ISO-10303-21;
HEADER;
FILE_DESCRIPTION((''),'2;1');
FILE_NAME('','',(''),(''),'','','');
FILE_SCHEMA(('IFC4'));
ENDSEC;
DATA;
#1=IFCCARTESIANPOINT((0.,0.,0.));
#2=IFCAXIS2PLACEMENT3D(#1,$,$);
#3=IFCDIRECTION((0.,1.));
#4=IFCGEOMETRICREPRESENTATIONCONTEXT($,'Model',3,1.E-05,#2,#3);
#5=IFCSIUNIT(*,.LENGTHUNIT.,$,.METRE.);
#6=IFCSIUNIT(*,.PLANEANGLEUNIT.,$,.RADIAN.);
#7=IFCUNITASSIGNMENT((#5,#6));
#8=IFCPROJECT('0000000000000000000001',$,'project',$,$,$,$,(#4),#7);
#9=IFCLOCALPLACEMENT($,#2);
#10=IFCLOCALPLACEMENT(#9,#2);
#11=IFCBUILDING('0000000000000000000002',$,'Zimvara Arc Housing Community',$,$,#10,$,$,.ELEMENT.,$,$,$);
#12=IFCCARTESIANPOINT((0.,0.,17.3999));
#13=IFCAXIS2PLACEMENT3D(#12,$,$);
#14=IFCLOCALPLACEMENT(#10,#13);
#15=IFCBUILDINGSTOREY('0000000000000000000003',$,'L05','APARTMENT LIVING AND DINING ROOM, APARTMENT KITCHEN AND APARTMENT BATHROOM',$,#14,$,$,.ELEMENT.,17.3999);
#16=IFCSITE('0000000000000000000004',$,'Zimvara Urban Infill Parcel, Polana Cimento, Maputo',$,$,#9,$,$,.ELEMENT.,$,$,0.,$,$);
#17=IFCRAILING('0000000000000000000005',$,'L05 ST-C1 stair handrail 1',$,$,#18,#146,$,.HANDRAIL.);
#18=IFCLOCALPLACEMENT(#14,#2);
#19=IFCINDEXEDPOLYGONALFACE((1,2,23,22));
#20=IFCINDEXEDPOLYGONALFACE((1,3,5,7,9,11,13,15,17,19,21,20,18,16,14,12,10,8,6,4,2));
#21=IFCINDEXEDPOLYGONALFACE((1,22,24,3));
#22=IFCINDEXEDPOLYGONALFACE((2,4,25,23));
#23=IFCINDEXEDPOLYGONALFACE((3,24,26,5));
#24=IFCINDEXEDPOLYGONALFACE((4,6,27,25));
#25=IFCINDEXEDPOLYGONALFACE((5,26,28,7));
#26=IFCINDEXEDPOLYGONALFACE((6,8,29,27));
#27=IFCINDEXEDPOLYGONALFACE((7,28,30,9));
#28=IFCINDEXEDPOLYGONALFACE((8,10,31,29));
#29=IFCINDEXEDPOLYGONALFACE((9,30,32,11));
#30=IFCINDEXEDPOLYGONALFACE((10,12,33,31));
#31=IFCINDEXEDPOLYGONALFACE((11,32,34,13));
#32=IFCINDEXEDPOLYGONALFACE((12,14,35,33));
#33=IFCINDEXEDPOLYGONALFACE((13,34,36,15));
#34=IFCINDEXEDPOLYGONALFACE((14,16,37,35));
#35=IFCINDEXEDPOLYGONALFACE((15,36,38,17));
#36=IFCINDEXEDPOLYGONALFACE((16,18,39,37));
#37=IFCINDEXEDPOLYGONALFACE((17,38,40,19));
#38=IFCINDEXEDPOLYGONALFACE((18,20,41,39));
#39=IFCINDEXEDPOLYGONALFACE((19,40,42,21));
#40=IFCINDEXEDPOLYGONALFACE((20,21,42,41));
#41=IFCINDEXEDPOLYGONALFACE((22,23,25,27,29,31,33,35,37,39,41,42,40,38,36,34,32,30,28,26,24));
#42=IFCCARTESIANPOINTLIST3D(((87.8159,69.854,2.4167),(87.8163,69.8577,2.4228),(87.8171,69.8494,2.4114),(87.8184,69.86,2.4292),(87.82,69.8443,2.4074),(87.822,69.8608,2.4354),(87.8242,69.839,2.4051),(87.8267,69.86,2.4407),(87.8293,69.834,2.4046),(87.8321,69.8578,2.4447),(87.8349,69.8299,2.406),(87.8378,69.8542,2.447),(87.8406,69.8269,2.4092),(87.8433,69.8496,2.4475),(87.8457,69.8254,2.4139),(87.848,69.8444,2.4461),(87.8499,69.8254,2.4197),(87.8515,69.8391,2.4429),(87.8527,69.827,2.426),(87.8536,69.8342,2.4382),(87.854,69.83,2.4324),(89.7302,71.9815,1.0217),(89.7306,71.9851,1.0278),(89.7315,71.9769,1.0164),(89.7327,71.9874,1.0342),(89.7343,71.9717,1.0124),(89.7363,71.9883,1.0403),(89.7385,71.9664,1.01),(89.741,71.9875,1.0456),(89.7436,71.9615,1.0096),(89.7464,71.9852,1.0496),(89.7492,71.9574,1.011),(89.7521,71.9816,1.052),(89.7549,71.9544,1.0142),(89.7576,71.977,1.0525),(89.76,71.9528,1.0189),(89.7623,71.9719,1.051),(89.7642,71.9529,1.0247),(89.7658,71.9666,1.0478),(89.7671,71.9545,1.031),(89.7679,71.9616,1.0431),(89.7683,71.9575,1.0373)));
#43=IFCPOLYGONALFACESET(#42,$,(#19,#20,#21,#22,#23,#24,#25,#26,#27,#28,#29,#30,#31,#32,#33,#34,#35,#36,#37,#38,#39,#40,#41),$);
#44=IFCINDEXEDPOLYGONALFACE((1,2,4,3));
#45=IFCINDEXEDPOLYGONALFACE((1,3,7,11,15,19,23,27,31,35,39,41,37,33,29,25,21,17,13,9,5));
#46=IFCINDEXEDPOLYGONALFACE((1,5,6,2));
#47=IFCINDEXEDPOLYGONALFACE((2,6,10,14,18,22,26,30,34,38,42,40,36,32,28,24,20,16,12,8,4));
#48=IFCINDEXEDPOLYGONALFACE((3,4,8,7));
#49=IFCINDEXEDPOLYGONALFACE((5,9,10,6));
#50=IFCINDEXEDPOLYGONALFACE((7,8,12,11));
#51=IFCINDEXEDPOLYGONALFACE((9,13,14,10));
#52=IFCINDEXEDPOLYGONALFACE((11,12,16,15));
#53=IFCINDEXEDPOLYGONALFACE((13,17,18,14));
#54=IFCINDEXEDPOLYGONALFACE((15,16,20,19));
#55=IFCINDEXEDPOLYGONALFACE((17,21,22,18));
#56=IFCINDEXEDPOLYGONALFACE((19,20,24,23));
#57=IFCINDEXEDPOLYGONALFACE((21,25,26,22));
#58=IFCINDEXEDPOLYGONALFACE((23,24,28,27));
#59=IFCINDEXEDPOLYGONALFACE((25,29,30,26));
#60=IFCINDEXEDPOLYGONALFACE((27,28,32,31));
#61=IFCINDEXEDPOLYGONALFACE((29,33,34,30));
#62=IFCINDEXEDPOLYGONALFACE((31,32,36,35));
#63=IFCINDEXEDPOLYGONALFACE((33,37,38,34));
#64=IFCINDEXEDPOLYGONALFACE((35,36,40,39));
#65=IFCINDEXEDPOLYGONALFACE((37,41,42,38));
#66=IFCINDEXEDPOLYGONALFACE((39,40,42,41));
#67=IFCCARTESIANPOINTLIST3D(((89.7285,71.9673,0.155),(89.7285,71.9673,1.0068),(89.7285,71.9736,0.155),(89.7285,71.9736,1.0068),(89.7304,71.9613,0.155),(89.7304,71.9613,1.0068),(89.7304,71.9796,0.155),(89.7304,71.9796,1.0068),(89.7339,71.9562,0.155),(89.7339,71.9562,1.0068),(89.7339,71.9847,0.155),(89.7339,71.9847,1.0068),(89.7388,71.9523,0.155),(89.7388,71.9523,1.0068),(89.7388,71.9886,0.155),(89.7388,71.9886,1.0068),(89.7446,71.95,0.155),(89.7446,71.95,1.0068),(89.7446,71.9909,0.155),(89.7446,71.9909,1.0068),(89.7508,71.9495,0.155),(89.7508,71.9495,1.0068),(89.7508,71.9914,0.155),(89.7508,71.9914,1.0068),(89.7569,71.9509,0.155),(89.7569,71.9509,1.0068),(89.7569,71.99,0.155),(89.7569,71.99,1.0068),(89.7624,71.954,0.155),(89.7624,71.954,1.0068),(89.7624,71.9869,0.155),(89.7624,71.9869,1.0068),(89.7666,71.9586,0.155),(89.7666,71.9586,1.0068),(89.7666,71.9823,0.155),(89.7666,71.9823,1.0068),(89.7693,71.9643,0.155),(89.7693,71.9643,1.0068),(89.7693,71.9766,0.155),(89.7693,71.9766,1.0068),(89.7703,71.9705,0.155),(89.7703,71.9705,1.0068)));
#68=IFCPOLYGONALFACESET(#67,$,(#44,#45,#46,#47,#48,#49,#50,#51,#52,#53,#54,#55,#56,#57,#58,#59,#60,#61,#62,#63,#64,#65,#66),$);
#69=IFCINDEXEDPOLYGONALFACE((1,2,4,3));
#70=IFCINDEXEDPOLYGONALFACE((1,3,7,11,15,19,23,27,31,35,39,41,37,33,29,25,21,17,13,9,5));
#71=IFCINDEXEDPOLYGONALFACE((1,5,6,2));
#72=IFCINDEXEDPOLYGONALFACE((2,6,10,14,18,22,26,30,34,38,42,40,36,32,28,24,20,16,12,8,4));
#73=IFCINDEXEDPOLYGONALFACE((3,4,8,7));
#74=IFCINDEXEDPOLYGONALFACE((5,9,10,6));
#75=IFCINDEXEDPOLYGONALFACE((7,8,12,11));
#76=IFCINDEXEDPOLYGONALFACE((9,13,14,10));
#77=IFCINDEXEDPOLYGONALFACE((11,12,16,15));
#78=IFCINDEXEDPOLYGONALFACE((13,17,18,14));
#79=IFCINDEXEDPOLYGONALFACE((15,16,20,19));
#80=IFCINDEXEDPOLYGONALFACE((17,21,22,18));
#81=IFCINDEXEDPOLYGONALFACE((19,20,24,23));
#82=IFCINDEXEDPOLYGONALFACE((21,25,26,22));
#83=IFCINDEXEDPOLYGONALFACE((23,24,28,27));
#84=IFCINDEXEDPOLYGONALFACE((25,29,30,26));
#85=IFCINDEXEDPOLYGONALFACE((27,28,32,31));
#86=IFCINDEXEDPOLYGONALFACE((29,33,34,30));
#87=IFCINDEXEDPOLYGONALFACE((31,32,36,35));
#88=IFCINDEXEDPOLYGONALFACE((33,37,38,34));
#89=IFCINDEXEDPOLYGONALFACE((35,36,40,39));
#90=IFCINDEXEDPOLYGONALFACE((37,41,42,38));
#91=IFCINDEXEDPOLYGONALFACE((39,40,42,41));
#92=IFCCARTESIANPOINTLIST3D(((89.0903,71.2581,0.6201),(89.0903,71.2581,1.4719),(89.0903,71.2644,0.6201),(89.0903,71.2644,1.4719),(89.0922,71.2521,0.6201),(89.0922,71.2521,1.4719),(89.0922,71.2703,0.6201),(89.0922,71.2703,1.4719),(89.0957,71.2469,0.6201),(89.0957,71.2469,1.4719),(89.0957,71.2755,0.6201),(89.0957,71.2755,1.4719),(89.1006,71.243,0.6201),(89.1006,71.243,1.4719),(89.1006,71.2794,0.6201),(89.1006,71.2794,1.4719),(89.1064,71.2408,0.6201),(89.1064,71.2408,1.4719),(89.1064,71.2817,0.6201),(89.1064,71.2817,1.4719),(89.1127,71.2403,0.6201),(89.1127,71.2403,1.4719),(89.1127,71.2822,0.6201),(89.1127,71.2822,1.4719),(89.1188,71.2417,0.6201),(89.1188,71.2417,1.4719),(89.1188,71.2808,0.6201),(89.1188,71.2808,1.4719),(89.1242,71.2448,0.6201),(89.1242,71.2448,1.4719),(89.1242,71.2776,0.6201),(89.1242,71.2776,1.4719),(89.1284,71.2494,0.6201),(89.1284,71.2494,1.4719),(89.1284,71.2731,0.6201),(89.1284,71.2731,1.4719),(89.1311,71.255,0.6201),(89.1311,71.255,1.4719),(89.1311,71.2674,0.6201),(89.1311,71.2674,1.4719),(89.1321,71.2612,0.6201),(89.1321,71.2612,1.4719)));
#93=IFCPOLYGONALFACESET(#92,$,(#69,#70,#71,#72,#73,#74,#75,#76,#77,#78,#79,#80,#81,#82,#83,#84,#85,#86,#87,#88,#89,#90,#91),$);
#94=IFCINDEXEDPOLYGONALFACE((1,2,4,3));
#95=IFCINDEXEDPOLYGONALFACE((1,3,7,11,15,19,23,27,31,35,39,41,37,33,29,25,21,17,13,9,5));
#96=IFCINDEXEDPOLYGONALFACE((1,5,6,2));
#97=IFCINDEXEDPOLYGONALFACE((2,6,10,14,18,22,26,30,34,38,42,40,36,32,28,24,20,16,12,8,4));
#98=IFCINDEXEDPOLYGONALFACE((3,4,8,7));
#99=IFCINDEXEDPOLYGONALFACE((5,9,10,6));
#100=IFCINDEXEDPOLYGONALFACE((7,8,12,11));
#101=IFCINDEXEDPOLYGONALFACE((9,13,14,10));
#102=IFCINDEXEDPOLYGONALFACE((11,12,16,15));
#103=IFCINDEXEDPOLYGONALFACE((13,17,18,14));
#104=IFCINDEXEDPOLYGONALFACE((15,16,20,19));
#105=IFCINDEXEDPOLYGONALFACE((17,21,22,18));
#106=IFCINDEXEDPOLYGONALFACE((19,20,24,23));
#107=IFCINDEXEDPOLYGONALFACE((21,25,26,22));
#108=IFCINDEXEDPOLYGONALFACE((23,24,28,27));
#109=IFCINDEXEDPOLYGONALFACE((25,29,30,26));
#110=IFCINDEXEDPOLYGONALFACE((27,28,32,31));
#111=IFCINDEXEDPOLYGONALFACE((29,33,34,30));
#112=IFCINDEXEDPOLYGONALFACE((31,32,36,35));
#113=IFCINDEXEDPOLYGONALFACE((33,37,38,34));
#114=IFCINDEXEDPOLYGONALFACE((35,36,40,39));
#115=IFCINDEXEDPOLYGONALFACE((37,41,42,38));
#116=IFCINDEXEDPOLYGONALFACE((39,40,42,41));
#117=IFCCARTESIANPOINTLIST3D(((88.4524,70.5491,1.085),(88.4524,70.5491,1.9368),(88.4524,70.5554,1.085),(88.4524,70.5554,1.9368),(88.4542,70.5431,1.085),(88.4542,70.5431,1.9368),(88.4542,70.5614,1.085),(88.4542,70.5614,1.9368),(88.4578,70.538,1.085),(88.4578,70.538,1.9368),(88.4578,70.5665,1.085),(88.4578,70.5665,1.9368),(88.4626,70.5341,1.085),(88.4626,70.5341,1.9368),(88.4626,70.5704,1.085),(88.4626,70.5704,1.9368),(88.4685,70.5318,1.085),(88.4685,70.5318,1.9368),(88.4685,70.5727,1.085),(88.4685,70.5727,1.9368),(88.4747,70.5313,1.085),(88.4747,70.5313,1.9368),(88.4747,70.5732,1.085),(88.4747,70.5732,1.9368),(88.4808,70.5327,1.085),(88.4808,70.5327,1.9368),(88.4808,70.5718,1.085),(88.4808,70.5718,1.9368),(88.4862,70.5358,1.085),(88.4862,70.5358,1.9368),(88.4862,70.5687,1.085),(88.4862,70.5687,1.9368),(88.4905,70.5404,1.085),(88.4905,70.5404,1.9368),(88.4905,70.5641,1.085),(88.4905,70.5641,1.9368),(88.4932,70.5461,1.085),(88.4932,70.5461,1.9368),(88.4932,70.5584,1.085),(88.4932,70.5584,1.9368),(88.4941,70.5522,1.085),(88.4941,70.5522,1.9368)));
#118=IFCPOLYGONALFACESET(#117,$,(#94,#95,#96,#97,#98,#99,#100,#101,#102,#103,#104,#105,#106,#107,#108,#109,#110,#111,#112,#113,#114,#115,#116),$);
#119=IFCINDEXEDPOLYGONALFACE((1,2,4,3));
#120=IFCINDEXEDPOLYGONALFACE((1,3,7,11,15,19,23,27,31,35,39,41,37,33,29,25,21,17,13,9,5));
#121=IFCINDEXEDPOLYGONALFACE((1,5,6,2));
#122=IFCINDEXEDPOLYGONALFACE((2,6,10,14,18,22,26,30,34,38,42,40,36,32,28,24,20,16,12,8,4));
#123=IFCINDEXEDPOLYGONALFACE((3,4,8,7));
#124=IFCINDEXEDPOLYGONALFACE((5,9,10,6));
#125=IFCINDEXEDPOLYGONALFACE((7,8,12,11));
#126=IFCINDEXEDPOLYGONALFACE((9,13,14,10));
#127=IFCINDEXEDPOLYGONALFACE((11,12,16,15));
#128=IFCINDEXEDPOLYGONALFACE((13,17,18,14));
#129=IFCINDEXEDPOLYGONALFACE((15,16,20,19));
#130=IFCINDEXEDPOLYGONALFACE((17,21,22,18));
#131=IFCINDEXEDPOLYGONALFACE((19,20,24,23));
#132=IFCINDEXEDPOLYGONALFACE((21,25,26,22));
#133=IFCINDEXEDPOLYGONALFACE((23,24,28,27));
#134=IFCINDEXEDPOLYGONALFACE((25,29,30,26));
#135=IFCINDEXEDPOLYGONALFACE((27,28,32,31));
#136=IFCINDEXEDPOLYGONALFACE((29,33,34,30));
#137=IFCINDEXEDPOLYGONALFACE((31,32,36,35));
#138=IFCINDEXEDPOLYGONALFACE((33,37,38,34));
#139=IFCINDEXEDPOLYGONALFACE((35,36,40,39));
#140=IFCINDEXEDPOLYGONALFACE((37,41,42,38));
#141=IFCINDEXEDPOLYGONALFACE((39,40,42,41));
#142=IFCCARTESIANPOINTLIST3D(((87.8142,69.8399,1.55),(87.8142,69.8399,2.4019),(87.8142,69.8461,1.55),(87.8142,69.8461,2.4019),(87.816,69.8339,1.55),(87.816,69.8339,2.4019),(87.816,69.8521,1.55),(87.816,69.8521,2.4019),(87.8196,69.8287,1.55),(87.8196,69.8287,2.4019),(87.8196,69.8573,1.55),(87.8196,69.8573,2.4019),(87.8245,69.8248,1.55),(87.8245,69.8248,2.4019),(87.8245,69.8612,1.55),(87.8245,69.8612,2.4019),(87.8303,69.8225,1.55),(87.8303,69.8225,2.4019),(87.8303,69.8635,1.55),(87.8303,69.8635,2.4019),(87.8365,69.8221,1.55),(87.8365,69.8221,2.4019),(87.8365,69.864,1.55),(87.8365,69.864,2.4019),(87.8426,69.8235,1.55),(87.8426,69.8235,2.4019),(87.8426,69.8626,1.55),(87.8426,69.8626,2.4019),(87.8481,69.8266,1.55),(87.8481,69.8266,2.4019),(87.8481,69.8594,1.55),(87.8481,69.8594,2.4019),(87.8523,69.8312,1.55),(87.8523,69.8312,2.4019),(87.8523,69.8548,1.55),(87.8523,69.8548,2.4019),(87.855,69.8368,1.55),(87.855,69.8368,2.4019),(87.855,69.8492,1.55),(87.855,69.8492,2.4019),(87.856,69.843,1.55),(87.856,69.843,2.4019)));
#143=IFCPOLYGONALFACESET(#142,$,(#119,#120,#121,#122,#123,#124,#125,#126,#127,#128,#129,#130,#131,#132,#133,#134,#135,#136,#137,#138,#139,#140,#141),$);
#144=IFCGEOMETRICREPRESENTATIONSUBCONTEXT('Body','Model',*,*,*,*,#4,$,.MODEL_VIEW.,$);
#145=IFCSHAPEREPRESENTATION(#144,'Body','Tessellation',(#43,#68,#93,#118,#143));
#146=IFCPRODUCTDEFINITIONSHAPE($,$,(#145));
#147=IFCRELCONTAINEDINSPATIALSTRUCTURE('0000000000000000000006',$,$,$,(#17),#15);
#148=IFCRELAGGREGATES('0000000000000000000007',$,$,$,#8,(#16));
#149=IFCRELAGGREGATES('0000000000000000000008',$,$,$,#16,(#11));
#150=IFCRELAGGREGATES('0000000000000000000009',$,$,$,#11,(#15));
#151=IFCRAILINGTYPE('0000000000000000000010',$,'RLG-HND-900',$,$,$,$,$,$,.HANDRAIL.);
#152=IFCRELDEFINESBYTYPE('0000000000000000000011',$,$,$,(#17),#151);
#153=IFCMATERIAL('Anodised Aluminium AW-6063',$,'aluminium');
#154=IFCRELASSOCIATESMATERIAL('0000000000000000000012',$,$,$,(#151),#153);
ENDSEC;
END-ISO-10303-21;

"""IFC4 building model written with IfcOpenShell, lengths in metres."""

from ifc_helpers import new_model, si_unit, direction, frame, origin, origin_2d, place, context, subcontext, project, spatial, circle, extrude, material, type_object, element, save


model = new_model("IFC4")

# Units and contexts
model_context = context("Model", 3, precision=1e-05, world=origin(), true_north=direction((0.0, 1.0)))
body_context = subcontext(model_context, "Body", "Model", "MODEL_VIEW")
ifc_project = project(units=[si_unit("LENGTHUNIT", "METRE"), si_unit("PLANEANGLEUNIT", "RADIAN")], contexts=[model_context])

# Site, building, storey
site_placement = place(None, origin())
site = spatial("IfcSite", under=ifc_project, at=site_placement, Name="Zimvara Urban Infill Parcel, Polana Cimento, Maputo", CompositionType="ELEMENT", RefElevation=0.0)
building_placement = place(site_placement, origin())
building = spatial("IfcBuilding", under=site, at=building_placement, Name="Zimvara Arc Housing Community", CompositionType="ELEMENT")
storey_placement = place(building_placement, frame((0.0, 0.0, 17.3999)))
storey = spatial("IfcBuildingStorey", under=building, at=storey_placement, Name="L05", Description="APARTMENT LIVING AND DINING ROOM, APARTMENT KITCHEN AND APARTMENT BATHROOM", CompositionType="ELEMENT", Elevation=17.3999)

# Railing
ifc_material_1 = material(Name="Anodised Aluminium AW-6063", Category="aluminium")
railing_type_1 = type_object("IfcRailingType", Name="RLG-HND-900", PredefinedType="HANDRAIL", material=ifc_material_1)
railing_1_placement = place(storey_placement, frame((89.7493, 71.9705, 0.155)))
element("IfcRailing", 1, at=railing_1_placement, inside=storey, type_object=railing_type_1, Name="L05 ST-C1 stair handrail 1", PredefinedType="HANDRAIL", context=body_context, shape_type="SweptSolid", body=[
    extrude(circle(Radius=0.0239, at=origin_2d()), frame((0.0, 0.0, 0.876), z_axis=(-0.601263, -0.668206, 0.43816), x_axis=(0.743362, -0.668889, 0.0)), (0.0, 0.0, 1.0), 3.1838),
    extrude(circle(Radius=0.021, at=origin_2d()), origin(), (0.0, 0.0, 1.0), 0.8518),
    extrude(circle(Radius=0.021, at=origin_2d()), frame((-0.6382, -0.7092, 0.4651)), (0.0, 0.0, 1.0), 0.8518),
    extrude(circle(Radius=0.021, at=origin_2d()), frame((-1.2761, -1.4182, 0.9299)), (0.0, 0.0, 1.0), 0.8518),
    extrude(circle(Radius=0.021, at=origin_2d()), frame((-1.9143, -2.1274, 1.395)), (0.0, 0.0, 1.0), 0.8518),
])

save(model, "model.ifc")
